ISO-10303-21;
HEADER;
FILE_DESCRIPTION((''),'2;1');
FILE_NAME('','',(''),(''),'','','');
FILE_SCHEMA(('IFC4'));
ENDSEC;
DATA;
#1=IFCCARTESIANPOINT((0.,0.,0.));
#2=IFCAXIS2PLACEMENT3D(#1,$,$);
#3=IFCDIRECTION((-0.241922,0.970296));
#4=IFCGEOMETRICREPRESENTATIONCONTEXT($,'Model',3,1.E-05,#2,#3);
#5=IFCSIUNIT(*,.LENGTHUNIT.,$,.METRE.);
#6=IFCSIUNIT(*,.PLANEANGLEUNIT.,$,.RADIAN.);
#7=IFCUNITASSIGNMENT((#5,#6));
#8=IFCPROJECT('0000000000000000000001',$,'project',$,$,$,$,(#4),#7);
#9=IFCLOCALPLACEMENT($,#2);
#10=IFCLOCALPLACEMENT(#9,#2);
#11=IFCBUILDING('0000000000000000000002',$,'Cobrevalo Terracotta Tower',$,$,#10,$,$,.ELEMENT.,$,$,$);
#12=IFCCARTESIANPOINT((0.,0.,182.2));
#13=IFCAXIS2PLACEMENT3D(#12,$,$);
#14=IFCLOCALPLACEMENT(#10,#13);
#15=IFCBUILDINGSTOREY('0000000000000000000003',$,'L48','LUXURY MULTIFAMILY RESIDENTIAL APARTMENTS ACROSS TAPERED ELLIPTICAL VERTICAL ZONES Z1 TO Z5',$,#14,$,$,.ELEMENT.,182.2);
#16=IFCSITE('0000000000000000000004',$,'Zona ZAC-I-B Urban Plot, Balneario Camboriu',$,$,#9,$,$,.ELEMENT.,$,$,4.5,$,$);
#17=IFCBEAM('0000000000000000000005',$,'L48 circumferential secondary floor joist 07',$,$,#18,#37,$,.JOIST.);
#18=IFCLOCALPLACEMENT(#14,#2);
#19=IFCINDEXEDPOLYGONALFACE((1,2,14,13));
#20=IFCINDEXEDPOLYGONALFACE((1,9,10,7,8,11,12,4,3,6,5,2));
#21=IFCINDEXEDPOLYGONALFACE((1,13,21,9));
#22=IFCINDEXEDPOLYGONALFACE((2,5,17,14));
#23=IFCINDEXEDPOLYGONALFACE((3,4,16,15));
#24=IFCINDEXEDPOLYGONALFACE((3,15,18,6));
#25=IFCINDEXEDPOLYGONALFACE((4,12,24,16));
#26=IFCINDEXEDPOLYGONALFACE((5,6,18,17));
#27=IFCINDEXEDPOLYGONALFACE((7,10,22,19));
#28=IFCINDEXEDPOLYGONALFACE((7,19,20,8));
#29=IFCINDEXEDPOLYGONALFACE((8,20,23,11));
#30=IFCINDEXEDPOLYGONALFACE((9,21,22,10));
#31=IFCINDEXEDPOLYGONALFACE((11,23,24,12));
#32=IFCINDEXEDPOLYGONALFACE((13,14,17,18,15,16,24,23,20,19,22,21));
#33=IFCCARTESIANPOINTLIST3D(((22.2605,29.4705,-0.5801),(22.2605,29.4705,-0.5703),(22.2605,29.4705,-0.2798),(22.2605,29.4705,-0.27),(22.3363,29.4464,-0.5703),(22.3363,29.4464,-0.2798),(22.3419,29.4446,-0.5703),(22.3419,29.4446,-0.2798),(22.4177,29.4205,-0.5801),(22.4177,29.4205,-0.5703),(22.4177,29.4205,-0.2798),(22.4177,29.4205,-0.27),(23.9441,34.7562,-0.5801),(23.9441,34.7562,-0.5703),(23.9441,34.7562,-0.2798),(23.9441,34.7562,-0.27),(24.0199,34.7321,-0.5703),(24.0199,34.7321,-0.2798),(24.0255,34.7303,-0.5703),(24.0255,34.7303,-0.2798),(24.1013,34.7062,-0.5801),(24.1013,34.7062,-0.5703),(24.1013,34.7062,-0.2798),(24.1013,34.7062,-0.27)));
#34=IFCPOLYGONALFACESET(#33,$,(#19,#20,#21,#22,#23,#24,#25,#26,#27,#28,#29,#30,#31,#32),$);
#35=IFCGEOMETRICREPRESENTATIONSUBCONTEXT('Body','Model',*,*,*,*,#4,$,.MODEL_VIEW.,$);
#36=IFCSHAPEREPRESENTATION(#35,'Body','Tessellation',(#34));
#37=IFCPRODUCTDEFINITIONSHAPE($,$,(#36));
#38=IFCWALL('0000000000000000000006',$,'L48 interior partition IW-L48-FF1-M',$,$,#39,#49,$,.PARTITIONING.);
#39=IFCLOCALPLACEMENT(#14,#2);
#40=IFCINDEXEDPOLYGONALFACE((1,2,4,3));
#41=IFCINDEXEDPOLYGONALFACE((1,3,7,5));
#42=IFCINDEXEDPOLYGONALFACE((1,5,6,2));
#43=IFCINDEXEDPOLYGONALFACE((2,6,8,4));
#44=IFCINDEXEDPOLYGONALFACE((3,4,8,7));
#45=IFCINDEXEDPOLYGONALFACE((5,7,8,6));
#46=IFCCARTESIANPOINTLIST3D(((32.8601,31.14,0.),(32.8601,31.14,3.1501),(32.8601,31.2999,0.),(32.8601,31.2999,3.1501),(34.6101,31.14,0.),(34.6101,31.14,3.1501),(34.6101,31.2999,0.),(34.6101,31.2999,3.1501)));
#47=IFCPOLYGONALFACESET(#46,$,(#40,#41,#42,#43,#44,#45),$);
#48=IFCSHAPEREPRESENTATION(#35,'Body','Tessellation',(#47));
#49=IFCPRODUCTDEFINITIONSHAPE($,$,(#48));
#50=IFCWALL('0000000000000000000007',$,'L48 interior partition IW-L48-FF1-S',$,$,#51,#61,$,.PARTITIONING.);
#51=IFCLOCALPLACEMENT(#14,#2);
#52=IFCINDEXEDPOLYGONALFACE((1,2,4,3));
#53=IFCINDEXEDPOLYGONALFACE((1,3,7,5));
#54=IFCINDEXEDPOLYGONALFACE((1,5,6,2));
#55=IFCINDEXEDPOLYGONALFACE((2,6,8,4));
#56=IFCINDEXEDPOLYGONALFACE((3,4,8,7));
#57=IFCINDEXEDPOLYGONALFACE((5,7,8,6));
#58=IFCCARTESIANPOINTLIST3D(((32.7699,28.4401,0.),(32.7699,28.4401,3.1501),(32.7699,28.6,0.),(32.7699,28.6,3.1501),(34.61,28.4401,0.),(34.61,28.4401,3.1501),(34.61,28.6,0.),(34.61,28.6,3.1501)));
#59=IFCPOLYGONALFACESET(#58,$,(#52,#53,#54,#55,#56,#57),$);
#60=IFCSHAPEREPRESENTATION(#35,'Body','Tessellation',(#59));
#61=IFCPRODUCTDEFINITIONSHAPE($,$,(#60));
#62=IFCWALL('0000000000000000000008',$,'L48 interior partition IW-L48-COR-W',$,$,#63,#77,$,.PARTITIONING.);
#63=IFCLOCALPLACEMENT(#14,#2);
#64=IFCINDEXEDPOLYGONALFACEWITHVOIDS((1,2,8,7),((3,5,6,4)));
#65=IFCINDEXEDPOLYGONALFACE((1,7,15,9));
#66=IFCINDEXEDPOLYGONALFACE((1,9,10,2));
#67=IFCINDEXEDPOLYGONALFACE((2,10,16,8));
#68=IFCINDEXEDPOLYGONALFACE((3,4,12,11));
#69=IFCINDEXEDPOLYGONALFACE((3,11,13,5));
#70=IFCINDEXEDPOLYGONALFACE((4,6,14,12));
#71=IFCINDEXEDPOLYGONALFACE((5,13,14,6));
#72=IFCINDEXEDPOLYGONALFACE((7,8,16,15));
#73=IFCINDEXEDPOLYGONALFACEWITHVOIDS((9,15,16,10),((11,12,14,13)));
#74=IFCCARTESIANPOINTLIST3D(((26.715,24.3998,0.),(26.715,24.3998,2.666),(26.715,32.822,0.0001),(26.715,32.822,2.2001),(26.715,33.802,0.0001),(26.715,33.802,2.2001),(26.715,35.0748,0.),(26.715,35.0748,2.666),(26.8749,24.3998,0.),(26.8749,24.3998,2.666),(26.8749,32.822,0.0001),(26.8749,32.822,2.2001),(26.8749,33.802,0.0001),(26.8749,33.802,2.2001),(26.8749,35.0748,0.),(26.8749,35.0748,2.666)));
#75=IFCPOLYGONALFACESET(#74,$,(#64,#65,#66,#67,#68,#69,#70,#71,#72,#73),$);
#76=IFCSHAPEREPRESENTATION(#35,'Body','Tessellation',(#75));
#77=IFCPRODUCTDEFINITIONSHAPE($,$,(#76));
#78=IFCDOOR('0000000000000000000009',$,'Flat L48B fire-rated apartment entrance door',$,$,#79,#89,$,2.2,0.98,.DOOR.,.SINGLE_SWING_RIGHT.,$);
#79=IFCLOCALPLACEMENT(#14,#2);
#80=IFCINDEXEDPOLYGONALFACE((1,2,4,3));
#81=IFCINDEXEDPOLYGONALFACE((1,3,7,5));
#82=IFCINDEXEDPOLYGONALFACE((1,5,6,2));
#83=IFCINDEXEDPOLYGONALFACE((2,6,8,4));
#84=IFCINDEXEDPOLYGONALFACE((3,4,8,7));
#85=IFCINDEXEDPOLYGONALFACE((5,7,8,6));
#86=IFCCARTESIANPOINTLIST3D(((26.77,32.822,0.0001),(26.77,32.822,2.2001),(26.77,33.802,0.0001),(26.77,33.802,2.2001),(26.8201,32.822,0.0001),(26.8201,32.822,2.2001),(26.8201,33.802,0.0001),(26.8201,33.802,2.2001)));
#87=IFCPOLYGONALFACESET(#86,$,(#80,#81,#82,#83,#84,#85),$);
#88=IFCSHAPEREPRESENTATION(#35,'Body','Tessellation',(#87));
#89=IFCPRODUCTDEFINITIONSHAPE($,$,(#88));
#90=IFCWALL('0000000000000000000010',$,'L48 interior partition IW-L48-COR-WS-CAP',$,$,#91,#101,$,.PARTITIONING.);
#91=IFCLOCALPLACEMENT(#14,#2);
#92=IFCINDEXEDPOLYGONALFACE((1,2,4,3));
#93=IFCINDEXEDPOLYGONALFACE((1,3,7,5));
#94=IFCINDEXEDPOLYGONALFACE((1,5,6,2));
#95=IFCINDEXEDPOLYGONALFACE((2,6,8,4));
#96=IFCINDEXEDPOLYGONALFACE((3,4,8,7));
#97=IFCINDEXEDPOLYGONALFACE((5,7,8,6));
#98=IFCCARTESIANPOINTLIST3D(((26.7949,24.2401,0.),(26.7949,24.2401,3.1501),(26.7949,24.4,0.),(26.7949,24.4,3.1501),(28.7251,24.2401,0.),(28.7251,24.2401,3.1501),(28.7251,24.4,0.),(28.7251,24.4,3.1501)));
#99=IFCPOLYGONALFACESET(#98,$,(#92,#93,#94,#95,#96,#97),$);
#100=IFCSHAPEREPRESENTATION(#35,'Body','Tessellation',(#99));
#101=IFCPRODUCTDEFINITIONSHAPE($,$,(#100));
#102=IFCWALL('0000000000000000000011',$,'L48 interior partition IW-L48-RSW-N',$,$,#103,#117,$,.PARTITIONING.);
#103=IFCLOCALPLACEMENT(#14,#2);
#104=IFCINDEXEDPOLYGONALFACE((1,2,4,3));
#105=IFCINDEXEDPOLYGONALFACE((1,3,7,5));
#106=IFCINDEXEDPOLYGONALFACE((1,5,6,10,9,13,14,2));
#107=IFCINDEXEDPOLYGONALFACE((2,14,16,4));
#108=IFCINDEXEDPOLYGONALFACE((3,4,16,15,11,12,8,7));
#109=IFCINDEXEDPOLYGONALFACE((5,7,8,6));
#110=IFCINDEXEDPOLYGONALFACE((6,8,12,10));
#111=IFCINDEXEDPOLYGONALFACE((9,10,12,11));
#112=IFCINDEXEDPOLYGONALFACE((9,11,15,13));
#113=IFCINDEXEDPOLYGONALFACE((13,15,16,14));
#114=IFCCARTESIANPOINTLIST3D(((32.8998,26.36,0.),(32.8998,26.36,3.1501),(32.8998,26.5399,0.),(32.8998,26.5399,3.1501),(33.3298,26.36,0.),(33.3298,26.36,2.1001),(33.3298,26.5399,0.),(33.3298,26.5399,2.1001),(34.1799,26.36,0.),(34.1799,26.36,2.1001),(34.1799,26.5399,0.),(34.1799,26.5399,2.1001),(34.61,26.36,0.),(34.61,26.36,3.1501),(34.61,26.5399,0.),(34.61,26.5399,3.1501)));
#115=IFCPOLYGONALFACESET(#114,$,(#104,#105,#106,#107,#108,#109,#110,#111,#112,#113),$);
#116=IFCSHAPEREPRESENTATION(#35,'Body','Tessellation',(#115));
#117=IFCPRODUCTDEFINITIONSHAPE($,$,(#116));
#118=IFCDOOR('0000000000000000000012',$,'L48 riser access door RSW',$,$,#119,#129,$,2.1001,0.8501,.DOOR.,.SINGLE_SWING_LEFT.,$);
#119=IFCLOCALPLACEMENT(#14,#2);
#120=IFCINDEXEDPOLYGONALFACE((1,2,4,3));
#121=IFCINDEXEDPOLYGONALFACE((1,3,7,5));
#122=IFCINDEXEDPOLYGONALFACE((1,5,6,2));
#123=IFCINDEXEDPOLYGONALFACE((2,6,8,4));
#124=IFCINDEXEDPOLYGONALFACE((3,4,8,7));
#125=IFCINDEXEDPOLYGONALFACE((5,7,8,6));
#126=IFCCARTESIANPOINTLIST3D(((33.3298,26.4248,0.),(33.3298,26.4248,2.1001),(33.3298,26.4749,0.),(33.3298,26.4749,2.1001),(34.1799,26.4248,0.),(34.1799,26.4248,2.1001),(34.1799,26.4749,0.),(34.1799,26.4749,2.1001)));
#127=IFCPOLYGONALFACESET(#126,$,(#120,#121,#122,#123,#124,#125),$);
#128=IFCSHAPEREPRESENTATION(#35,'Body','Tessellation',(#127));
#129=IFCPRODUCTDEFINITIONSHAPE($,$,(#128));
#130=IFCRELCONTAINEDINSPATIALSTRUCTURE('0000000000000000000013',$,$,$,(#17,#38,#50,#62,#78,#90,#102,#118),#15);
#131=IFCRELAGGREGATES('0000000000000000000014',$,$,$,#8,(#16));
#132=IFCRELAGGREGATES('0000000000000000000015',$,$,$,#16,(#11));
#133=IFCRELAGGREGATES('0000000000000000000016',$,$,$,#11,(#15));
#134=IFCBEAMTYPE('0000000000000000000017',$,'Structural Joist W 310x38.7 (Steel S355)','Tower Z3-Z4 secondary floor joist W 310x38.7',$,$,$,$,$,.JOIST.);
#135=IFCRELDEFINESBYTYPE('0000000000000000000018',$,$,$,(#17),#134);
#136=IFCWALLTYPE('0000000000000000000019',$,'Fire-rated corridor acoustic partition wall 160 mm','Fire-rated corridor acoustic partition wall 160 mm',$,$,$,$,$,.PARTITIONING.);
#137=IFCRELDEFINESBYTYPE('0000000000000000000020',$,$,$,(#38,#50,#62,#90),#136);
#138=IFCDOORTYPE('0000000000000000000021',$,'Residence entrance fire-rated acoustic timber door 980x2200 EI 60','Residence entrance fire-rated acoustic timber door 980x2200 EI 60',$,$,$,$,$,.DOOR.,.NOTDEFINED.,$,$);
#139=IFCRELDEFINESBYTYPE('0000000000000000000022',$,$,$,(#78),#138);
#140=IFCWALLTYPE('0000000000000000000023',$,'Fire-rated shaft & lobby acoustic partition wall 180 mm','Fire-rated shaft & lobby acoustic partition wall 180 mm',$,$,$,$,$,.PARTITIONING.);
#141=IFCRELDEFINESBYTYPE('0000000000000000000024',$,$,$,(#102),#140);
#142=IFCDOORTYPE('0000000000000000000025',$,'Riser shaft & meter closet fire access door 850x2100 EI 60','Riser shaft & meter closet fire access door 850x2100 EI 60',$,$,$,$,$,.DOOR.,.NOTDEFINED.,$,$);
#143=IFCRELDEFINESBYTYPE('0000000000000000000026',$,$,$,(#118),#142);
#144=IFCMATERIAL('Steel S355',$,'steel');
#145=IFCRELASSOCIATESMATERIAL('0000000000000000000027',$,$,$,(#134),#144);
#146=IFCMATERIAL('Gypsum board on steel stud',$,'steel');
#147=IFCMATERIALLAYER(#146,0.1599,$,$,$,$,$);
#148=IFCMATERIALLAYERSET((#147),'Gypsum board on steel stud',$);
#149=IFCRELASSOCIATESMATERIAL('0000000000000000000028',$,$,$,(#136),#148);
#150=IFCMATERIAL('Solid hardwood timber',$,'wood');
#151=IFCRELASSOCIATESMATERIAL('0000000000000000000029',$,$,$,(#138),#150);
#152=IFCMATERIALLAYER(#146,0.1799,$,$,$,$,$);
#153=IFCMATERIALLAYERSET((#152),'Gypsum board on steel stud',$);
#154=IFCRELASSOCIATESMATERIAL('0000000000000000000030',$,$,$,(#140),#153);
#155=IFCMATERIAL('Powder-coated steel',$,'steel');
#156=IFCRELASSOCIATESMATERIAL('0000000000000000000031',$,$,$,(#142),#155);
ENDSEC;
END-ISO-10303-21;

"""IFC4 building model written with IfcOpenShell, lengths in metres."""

from ifc_helpers import new_model, si_unit, direction, frame, frame_2d, origin, origin_2d, place, context, subcontext, project, spatial, rectangle, i_section, extrude, source, transform, mapped, material, layer, layer_set, material_profile, profile_set, type_object, element, fill, save


model = new_model("IFC4")

# Units and contexts
model_context = context("Model", 3, precision=1e-05, world=origin(), true_north=direction((-0.241922, 0.970296)))
body_context = subcontext(model_context, "Body", "Model", "MODEL_VIEW")
ifc_project = project(units=[si_unit("LENGTHUNIT", "METRE"), si_unit("PLANEANGLEUNIT", "RADIAN")], contexts=[model_context])

# Site, building, storey
site_placement = place(None, origin())
site = spatial("IfcSite", under=ifc_project, at=site_placement, Name="Zona ZAC-I-B Urban Plot, Balneario Camboriu", CompositionType="ELEMENT", RefElevation=4.5)
building_placement = place(site_placement, origin())
building = spatial("IfcBuilding", under=site, at=building_placement, Name="Cobrevalo Terracotta Tower", CompositionType="ELEMENT")
storey_placement = place(building_placement, frame((0.0, 0.0, 182.2)))
storey = spatial("IfcBuildingStorey", under=building, at=storey_placement, Name="L48", Description="LUXURY MULTIFAMILY RESIDENTIAL APARTMENTS ACROSS TAPERED ELLIPTICAL VERTICAL ZONES Z1 TO Z5", CompositionType="ELEMENT", Elevation=182.2)

# Beam
ifc_material_1 = material(Name="Steel S355", Category="steel")
ifc_material_profile = material_profile(ifc_material_1, i_section(OverallWidth=0.165, OverallDepth=0.3101, WebThickness=0.0059, FlangeThickness=0.0098, at=origin_2d()), Name="W 310x38.7")
ifc_profile_set = profile_set([ifc_material_profile], Name="Steel S355")
beam_type = type_object("IfcBeamType", Name="Structural Joist W 310x38.7 (Steel S355)", Description="Tower Z3-Z4 secondary floor joist W 310x38.7", PredefinedType="JOIST", material=ifc_profile_set)
beam_placement = place(storey_placement, frame((24.0227, 34.7312, -0.425), z_axis=(-0.303498, -0.952832, 0.0), x_axis=(0.952832, -0.303498, 0.0)))
element("IfcBeam", 1, at=beam_placement, inside=storey, type_object=beam_type, Name="L48 circumferential secondary floor joist 07", PredefinedType="JOIST", context=body_context, shape_type="SweptSolid", body=[
    extrude(i_section(OverallWidth=0.165, OverallDepth=0.3101, WebThickness=0.0059, FlangeThickness=0.0098, at=origin_2d()), origin(), (0.0, 0.0, 1.0), 5.5474),
])

# Walls
ifc_material_2 = material(Name="Gypsum board on steel stud", Category="steel")
ifc_layer_1 = layer(ifc_material_2, 0.1599)
ifc_layer_set_1 = layer_set([ifc_layer_1], Name="Gypsum board on steel stud")
wall_type_1 = type_object("IfcWallType", Name="Fire-rated corridor acoustic partition wall 160 mm", Description="Fire-rated corridor acoustic partition wall 160 mm", PredefinedType="PARTITIONING", material=ifc_layer_set_1)
wall_1_placement = place(storey_placement, frame((32.8601, 31.22, 0.0), z_axis=(0.0, 0.0, 1.0), x_axis=(1.0, 0.0, 0.0)))
element("IfcWall", 2, at=wall_1_placement, inside=storey, type_object=wall_type_1, Name="L48 interior partition IW-L48-FF1-M", PredefinedType="PARTITIONING", context=body_context, shape_type="SweptSolid", body=[
    extrude(rectangle(XDim=1.75, YDim=0.1599, at=frame_2d((0.875, 0.0))), origin(), (0.0, 0.0, 1.0), 3.1501),
])
wall_2_placement = place(storey_placement, frame((32.77, 28.52, 0.0), z_axis=(0.0, 0.0, 1.0), x_axis=(1.0, 0.0, 0.0)))
element("IfcWall", 3, at=wall_2_placement, inside=storey, type_object=wall_type_1, Name="L48 interior partition IW-L48-FF1-S", PredefinedType="PARTITIONING", context=body_context, shape_type="SweptSolid", body=[
    extrude(rectangle(XDim=1.8401, YDim=0.1599, at=frame_2d((0.9199, 0.0))), origin(), (0.0, 0.0, 1.0), 3.1501),
])

# Wall, opening, door
wall_3_placement = place(storey_placement, frame((26.7949, 24.3999, 0.0), z_axis=(0.0, 0.0, 1.0), x_axis=(0.0, 1.0, 0.0)))
wall_3 = element("IfcWall", 4, at=wall_3_placement, inside=storey, type_object=wall_type_1, Name="L48 interior partition IW-L48-COR-W", PredefinedType="PARTITIONING", context=body_context, shape_type="SweptSolid", body=[
    extrude(rectangle(XDim=10.675, YDim=0.1599, at=frame_2d((5.3374, 0.0))), origin(), (0.0, 0.0, 1.0), 2.666),
])
opening_1_placement = place(wall_3_placement, frame((8.4221, 0.0, 0.0)))
opening_1 = element("IfcOpeningElement", 5, at=opening_1_placement, cuts=wall_3, PredefinedType="OPENING", context=body_context, shape_type="SweptSolid", body=[
    extrude(rectangle(XDim=0.98, YDim=2.2, at=frame_2d((0.49, 1.1001))), frame((0.0, 0.0898, 0.0), z_axis=(0.0, -1.0, 0.0), x_axis=(1.0, 0.0, 0.0)), (0.0, 0.0, 1.0), 0.1799),
])
ifc_material_3 = material(Name="Solid hardwood timber", Category="wood")
door_type_1 = type_object("IfcDoorType", Name="Residence entrance fire-rated acoustic timber door 980x2200 EI 60", Description="Residence entrance fire-rated acoustic timber door 980x2200 EI 60", OperationType="NOTDEFINED", PredefinedType="DOOR", material=ifc_material_3)
shared_shape_1 = source(origin(), body_context, "Body", "SweptSolid", [
    extrude(rectangle(XDim=0.98, YDim=2.2, at=frame_2d((0.49, 1.1001))), frame((0.0, 0.0249, 0.0), z_axis=(0.0, -1.0, 0.0), x_axis=(1.0, 0.0, 0.0)), (0.0, 0.0, 1.0), 0.05),
])
door_1_placement = place(opening_1_placement, origin())
door_1 = element("IfcDoor", 6, at=door_1_placement, inside=storey, type_object=door_type_1, Name="Flat L48B fire-rated apartment entrance door", OperationType="SINGLE_SWING_RIGHT", OverallHeight=2.2, OverallWidth=0.98, PredefinedType="DOOR", context=body_context, shape_type="MappedRepresentation", body=[
    mapped(shared_shape_1, transform((0.0, 0.0, 0.0), scale=1.0)),
])
fill(opening_1, door_1)

# Wall
wall_4_placement = place(storey_placement, frame((26.7949, 24.3201, 0.0), z_axis=(0.0, 0.0, 1.0), x_axis=(1.0, 0.0, 0.0)))
element("IfcWall", 7, at=wall_4_placement, inside=storey, type_object=wall_type_1, Name="L48 interior partition IW-L48-COR-WS-CAP", PredefinedType="PARTITIONING", context=body_context, shape_type="SweptSolid", body=[
    extrude(rectangle(XDim=1.9302, YDim=0.1599, at=frame_2d((0.9651, 0.0))), origin(), (0.0, 0.0, 1.0), 3.1501),
])

# Wall, opening, door
ifc_layer_2 = layer(ifc_material_2, 0.1799)
ifc_layer_set_2 = layer_set([ifc_layer_2], Name="Gypsum board on steel stud")
wall_type_2 = type_object("IfcWallType", Name="Fire-rated shaft & lobby acoustic partition wall 180 mm", Description="Fire-rated shaft & lobby acoustic partition wall 180 mm", PredefinedType="PARTITIONING", material=ifc_layer_set_2)
wall_5_placement = place(storey_placement, frame((32.8999, 26.45, 0.0), z_axis=(0.0, 0.0, 1.0), x_axis=(1.0, 0.0, 0.0)))
wall_5 = element("IfcWall", 8, at=wall_5_placement, inside=storey, type_object=wall_type_2, Name="L48 interior partition IW-L48-RSW-N", PredefinedType="PARTITIONING", context=body_context, shape_type="SweptSolid", body=[
    extrude(rectangle(XDim=1.7102, YDim=0.1799, at=frame_2d((0.855, 0.0))), origin(), (0.0, 0.0, 1.0), 3.1501),
])
opening_2_placement = place(wall_5_placement, frame((0.4299, 0.0, 0.0)))
opening_2 = element("IfcOpeningElement", 9, at=opening_2_placement, cuts=wall_5, PredefinedType="OPENING", context=body_context, shape_type="SweptSolid", body=[
    extrude(rectangle(XDim=0.8501, YDim=2.1001, at=frame_2d((0.425, 1.05))), frame((0.0, 0.1001, 0.0), z_axis=(0.0, -1.0, 0.0), x_axis=(1.0, 0.0, 0.0)), (0.0, 0.0, 1.0), 0.2),
])
ifc_material_4 = material(Name="Powder-coated steel", Category="steel")
door_type_2 = type_object("IfcDoorType", Name="Riser shaft & meter closet fire access door 850x2100 EI 60", Description="Riser shaft & meter closet fire access door 850x2100 EI 60", OperationType="NOTDEFINED", PredefinedType="DOOR", material=ifc_material_4)
shared_shape_2 = source(origin(), body_context, "Body", "SweptSolid", [
    extrude(rectangle(XDim=0.8501, YDim=2.1001, at=frame_2d((0.425, 1.05))), frame((0.0, 0.0249, 0.0), z_axis=(0.0, -1.0, 0.0), x_axis=(1.0, 0.0, 0.0)), (0.0, 0.0, 1.0), 0.05),
])
door_2_placement = place(opening_2_placement, origin())
door_2 = element("IfcDoor", 10, at=door_2_placement, inside=storey, type_object=door_type_2, Name="L48 riser access door RSW", OperationType="SINGLE_SWING_LEFT", OverallHeight=2.1001, OverallWidth=0.8501, PredefinedType="DOOR", context=body_context, shape_type="MappedRepresentation", body=[
    mapped(shared_shape_2, transform((0.0, 0.0, 0.0), scale=1.0)),
])
fill(opening_2, door_2)

save(model, "model.ifc")
